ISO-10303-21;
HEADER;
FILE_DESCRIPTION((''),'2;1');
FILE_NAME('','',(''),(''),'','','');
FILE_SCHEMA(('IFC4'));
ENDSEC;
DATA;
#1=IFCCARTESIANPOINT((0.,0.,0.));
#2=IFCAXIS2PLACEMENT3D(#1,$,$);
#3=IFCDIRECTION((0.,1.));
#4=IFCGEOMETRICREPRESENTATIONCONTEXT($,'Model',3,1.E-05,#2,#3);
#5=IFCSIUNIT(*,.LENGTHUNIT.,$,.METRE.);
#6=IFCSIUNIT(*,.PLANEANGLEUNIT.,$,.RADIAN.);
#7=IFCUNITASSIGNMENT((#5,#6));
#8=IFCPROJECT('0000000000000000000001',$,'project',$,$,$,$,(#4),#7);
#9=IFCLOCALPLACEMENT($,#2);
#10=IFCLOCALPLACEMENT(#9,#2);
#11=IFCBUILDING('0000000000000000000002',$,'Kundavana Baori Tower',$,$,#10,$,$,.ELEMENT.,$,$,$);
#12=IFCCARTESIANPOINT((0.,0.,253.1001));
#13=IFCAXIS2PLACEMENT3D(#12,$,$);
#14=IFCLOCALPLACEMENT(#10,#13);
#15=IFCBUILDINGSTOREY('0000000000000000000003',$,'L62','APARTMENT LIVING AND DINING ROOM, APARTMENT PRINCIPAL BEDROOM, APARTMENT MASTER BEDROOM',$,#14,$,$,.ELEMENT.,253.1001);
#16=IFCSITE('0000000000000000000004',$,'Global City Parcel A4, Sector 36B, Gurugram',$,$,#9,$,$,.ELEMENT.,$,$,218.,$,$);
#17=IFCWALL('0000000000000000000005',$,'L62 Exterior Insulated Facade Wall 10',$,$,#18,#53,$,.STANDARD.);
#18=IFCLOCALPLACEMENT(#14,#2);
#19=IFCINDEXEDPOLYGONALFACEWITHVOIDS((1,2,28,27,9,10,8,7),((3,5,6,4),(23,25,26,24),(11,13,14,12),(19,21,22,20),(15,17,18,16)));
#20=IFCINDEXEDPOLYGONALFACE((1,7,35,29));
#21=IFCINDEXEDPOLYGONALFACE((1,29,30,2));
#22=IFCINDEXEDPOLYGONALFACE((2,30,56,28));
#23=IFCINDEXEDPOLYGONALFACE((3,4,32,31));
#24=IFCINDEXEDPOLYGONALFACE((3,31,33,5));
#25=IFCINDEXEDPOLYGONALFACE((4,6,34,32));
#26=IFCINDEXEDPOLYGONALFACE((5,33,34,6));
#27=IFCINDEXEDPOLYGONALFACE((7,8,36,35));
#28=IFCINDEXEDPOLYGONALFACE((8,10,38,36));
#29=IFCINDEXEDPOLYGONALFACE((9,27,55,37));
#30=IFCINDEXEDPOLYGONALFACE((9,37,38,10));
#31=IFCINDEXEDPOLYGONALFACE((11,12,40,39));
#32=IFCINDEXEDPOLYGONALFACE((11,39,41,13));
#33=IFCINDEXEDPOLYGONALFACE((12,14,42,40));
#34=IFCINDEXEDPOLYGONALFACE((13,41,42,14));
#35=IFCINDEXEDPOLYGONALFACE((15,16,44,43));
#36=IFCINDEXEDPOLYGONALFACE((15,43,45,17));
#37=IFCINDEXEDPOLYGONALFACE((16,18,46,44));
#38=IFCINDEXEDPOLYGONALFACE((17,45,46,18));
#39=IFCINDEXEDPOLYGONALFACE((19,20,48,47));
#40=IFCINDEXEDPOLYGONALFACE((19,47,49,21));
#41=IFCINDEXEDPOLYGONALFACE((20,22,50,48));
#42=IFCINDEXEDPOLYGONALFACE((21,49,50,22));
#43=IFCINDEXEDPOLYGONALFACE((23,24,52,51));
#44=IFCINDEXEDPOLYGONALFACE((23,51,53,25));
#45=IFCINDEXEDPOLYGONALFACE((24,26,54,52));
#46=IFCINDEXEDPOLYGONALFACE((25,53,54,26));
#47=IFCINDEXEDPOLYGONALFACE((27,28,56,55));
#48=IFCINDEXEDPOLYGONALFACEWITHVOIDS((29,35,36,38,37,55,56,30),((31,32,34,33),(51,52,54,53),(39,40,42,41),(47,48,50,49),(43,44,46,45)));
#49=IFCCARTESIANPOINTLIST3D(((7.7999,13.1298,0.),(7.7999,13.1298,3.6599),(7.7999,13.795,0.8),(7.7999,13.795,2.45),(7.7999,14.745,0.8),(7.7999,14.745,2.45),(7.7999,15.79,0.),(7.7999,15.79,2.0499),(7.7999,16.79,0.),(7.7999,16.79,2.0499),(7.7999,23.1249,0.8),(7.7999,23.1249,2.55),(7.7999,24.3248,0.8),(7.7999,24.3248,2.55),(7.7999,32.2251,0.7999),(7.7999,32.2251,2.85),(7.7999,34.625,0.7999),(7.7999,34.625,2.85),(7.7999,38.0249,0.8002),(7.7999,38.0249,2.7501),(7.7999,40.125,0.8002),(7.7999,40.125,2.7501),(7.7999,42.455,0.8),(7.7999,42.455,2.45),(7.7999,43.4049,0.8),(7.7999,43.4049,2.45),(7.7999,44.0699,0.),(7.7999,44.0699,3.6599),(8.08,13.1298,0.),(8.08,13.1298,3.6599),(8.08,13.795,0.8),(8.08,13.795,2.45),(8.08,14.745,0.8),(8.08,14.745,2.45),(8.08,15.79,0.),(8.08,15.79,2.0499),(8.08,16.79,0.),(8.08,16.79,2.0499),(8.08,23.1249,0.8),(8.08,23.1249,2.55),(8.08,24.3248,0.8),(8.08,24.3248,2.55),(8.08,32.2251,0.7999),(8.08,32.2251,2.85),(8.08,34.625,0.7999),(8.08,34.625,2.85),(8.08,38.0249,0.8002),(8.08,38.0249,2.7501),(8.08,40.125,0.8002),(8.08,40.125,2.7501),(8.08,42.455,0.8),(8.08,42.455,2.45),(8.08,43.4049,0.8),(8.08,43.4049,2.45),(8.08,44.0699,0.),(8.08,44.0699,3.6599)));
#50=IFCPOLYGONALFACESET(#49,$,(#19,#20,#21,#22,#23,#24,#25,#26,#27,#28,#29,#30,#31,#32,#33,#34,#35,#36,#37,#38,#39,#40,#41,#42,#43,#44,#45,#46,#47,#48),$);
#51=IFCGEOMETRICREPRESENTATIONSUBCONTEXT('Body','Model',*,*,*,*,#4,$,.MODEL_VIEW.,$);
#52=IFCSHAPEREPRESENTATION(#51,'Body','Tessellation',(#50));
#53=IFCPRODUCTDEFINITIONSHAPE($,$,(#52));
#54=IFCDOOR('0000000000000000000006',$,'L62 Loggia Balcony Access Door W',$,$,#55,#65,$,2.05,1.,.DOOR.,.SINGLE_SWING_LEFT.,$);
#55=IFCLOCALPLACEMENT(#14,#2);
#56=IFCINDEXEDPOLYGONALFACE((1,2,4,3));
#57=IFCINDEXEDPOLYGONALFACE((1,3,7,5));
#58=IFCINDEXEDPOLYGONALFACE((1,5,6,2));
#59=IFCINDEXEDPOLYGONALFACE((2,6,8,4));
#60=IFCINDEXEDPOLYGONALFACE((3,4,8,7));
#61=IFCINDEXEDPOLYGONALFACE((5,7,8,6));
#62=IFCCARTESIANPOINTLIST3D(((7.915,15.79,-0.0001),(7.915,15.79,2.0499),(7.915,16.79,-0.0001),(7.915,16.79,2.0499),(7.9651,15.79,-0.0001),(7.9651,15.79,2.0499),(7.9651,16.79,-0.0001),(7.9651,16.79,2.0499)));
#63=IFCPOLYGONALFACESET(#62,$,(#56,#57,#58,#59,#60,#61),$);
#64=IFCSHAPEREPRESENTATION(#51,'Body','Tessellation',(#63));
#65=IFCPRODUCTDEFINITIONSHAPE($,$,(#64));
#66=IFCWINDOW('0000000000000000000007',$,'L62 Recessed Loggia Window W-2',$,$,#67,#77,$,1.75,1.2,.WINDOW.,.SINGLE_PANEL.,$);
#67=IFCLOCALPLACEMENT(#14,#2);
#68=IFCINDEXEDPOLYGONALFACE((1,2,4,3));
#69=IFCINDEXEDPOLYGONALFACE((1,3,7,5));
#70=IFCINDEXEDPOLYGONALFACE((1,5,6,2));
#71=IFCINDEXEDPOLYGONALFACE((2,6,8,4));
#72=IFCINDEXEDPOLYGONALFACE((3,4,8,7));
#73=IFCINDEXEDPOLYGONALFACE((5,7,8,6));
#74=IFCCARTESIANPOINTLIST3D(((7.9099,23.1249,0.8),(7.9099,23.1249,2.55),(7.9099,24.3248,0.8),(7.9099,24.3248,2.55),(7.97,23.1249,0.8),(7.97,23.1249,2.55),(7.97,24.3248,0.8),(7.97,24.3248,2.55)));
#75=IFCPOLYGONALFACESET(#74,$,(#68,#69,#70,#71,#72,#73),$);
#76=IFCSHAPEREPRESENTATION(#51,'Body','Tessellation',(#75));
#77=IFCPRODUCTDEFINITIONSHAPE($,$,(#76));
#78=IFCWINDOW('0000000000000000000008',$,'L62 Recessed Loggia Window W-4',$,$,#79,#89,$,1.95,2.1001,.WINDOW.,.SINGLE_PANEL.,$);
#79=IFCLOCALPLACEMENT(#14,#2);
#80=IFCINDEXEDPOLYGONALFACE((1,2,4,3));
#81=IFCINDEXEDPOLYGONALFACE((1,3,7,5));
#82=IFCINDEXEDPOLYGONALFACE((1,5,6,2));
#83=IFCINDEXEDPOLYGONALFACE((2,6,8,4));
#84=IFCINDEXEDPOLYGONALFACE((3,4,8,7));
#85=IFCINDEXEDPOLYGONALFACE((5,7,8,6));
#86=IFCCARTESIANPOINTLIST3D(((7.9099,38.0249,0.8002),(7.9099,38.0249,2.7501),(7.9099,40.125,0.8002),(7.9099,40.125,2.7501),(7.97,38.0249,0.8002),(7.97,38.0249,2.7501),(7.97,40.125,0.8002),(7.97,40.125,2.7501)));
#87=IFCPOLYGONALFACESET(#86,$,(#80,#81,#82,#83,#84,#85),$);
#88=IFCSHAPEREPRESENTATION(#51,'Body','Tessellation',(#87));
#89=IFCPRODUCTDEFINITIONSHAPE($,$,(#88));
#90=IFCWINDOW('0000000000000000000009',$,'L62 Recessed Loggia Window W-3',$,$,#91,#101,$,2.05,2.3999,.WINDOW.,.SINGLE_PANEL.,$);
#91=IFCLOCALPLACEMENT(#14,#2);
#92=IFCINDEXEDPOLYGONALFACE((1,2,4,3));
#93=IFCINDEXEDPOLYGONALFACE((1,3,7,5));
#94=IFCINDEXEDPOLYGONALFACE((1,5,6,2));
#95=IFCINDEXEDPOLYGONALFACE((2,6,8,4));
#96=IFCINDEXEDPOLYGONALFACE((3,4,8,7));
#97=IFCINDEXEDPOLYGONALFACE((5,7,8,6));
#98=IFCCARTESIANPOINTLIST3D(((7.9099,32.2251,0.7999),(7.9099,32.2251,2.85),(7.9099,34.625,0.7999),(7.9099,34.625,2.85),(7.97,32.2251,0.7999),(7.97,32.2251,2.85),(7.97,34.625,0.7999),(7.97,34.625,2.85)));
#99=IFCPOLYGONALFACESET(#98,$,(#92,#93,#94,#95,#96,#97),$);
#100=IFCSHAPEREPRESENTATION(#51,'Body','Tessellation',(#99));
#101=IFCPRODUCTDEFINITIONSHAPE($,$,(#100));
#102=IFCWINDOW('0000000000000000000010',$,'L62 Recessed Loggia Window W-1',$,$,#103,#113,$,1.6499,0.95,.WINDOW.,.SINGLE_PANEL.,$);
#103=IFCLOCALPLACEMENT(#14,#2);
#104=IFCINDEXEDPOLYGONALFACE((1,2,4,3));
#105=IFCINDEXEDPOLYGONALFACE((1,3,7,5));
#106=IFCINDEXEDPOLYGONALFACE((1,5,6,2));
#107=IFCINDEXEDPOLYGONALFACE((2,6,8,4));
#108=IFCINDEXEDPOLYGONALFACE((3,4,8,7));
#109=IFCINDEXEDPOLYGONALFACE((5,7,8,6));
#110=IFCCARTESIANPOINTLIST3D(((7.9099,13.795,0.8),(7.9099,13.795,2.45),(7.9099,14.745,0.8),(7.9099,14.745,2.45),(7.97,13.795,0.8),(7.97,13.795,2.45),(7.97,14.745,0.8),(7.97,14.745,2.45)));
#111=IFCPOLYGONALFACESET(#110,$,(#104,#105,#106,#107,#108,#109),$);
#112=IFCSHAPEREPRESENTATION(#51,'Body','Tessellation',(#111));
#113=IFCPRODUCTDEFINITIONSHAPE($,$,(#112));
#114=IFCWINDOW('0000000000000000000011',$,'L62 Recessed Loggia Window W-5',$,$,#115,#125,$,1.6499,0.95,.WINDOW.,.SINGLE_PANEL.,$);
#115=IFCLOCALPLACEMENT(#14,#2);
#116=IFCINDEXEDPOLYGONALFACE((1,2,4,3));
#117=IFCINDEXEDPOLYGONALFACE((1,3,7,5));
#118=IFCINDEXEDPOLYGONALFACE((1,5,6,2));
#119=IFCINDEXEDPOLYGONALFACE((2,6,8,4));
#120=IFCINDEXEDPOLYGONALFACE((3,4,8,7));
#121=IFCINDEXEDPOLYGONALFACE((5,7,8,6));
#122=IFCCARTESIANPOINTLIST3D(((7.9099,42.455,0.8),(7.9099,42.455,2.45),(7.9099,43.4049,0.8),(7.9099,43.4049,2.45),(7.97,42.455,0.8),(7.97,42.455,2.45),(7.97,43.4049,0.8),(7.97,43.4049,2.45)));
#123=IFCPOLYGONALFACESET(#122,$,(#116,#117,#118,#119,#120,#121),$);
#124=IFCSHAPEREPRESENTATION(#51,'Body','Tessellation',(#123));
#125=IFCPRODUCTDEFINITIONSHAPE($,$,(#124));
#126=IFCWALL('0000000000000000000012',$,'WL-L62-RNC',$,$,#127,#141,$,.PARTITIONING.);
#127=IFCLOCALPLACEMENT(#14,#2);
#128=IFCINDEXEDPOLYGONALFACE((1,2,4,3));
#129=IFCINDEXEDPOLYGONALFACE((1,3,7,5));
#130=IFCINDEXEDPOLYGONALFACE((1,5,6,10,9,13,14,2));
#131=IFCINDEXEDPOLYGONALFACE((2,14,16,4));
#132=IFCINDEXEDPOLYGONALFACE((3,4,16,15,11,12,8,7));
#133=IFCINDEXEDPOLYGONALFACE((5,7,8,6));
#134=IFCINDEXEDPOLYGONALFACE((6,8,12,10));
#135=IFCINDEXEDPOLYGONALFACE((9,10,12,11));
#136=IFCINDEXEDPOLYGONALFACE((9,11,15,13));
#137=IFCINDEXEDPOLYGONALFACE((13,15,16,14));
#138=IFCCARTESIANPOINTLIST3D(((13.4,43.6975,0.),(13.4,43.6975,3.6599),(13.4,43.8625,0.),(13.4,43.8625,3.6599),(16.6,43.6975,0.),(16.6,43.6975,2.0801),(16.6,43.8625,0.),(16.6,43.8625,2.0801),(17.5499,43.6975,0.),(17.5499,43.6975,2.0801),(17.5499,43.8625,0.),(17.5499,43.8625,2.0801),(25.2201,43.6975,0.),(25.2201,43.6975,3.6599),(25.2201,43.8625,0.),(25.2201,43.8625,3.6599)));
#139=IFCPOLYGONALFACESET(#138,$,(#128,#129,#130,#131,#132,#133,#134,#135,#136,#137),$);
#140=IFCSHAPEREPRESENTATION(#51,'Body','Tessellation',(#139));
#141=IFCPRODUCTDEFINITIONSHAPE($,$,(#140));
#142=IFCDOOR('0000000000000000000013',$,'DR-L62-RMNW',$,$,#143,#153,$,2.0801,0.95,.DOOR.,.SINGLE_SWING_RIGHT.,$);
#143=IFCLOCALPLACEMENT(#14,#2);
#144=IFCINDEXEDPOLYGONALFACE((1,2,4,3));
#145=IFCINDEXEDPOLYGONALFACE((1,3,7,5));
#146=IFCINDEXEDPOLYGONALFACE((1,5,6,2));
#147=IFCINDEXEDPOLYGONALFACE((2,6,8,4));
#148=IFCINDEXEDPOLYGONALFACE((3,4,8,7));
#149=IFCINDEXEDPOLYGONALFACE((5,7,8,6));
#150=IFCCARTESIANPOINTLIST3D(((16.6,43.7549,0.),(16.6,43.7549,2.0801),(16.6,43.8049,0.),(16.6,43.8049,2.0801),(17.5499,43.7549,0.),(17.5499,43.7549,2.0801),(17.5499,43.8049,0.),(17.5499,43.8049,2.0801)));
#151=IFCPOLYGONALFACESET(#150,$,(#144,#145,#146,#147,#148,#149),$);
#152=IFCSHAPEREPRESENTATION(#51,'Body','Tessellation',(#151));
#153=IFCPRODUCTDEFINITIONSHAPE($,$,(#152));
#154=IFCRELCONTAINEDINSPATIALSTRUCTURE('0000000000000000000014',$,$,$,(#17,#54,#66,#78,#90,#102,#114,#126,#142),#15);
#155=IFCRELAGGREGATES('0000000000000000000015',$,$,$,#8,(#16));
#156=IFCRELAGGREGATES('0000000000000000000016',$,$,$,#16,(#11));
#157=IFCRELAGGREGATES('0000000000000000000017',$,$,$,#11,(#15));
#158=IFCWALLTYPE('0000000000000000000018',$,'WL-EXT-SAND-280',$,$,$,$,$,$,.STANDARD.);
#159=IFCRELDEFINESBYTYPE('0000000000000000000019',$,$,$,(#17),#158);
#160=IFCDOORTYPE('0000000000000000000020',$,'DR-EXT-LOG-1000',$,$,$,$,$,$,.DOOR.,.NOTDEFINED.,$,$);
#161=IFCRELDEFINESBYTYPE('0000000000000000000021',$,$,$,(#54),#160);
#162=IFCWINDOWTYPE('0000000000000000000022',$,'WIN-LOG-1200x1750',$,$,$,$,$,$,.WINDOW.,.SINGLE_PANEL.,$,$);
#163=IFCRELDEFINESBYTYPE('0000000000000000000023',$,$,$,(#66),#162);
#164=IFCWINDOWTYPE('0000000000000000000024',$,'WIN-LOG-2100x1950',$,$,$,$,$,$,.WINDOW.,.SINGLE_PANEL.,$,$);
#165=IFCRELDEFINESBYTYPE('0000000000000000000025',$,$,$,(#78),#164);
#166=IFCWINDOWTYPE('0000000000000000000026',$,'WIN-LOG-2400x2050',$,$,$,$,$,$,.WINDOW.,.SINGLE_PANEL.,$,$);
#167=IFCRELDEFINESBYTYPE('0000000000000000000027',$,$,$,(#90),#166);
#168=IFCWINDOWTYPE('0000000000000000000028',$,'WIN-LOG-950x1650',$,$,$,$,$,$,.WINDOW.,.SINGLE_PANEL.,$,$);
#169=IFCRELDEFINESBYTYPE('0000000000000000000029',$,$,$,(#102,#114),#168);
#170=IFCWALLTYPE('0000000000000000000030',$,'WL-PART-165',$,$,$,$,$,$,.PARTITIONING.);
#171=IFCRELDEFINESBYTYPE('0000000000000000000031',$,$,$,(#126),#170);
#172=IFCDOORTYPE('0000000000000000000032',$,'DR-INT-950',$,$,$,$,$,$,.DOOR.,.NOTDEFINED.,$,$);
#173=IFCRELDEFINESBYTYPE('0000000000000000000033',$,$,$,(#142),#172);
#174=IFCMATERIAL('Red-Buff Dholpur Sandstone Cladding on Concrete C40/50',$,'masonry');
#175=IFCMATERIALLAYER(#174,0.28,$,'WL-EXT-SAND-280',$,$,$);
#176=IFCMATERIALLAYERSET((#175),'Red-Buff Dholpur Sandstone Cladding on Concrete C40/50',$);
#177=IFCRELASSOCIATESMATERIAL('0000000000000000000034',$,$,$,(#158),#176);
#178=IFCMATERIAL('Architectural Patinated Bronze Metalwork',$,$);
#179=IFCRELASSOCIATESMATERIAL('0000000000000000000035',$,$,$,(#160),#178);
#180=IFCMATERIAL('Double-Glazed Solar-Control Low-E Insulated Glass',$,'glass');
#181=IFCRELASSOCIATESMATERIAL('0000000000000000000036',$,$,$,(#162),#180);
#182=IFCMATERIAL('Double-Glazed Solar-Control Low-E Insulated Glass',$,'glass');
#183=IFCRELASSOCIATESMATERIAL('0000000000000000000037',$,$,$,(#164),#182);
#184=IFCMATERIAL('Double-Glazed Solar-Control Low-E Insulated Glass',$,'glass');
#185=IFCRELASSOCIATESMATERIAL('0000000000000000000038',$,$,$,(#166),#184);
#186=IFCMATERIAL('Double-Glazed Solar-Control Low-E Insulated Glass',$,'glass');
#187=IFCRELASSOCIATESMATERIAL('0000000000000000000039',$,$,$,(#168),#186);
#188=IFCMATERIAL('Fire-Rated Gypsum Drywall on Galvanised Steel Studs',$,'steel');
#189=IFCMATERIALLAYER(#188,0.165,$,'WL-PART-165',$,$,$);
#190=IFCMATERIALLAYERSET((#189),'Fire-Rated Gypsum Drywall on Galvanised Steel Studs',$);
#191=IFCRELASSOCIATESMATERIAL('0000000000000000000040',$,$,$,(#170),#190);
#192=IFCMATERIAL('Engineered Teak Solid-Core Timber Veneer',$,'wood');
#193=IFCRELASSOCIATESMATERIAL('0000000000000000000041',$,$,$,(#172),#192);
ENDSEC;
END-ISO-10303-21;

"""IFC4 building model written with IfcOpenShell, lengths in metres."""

from ifc_helpers import new_model, si_unit, direction, frame, frame_2d, origin, place, context, subcontext, project, spatial, rectangle, extrude, material, layer, layer_set, type_object, element, fill, save


model = new_model("IFC4")

# Units and contexts
model_context = context("Model", 3, precision=1e-05, world=origin(), true_north=direction((0.0, 1.0)))
body_context = subcontext(model_context, "Body", "Model", "MODEL_VIEW")
ifc_project = project(units=[si_unit("LENGTHUNIT", "METRE"), si_unit("PLANEANGLEUNIT", "RADIAN")], contexts=[model_context])

# Site, building, storey
site_placement = place(None, origin())
site = spatial("IfcSite", under=ifc_project, at=site_placement, Name="Global City Parcel A4, Sector 36B, Gurugram", CompositionType="ELEMENT", RefElevation=218.0)
building_placement = place(site_placement, origin())
building = spatial("IfcBuilding", under=site, at=building_placement, Name="Kundavana Baori Tower", CompositionType="ELEMENT")
storey_placement = place(building_placement, frame((0.0, 0.0, 253.1001)))
storey = spatial("IfcBuildingStorey", under=building, at=storey_placement, Name="L62", Description="APARTMENT LIVING AND DINING ROOM, APARTMENT PRINCIPAL BEDROOM, APARTMENT MASTER BEDROOM", CompositionType="ELEMENT", Elevation=253.1001)

# Shared definitions
ifc_material_1 = material(Name="Red-Buff Dholpur Sandstone Cladding on Concrete C40/50", Category="masonry")
ifc_layer_1 = layer(ifc_material_1, 0.28, Name="WL-EXT-SAND-280")
ifc_layer_set_1 = layer_set([ifc_layer_1], Name="Red-Buff Dholpur Sandstone Cladding on Concrete C40/50")
wall_type_1 = type_object("IfcWallType", Name="WL-EXT-SAND-280", PredefinedType="STANDARD", material=ifc_layer_set_1)

# Wall, openings, door, windows
wall_1_placement = place(storey_placement, frame((7.9399, 44.0701, 0.0), z_axis=(0.0, 0.0, 1.0), x_axis=(0.0, -1.0, 0.0)))
wall_1 = element("IfcWall", 1, at=wall_1_placement, inside=storey, type_object=wall_type_1, Name="L62 Exterior Insulated Facade Wall 10", PredefinedType="STANDARD", context=body_context, shape_type="SweptSolid", body=[
    extrude(rectangle(XDim=30.9402, YDim=0.28, at=frame_2d((15.4702, 0.0))), origin(), (0.0, 0.0, 1.0), 3.6599),
])
opening_1_placement = place(wall_1_placement, frame((29.325, 0.0, 0.8)))
opening_1 = element("IfcOpeningElement", 2, at=opening_1_placement, cuts=wall_1, PredefinedType="OPENING", context=body_context, shape_type="SweptSolid", body=[
    extrude(rectangle(XDim=0.95, YDim=1.6499, at=frame_2d((0.4751, 0.825))), frame((0.0, 0.1499, 0.0), z_axis=(0.0, -1.0, 0.0), x_axis=(1.0, 0.0, 0.0)), (0.0, 0.0, 1.0), 0.3),
])
opening_2_placement = place(wall_1_placement, frame((27.28, 0.0, 0.0)))
opening_2 = element("IfcOpeningElement", 3, at=opening_2_placement, cuts=wall_1, PredefinedType="OPENING", context=body_context, shape_type="SweptSolid", body=[
    extrude(rectangle(XDim=1.0, YDim=2.05, at=frame_2d((0.5, 1.0249))), frame((0.0, 0.1499, 0.0), z_axis=(0.0, -1.0, 0.0), x_axis=(1.0, 0.0, 0.0)), (0.0, 0.0, 1.0), 0.3),
])
opening_3_placement = place(wall_1_placement, frame((19.7451, 0.0, 0.8)))
opening_3 = element("IfcOpeningElement", 4, at=opening_3_placement, cuts=wall_1, PredefinedType="OPENING", context=body_context, shape_type="SweptSolid", body=[
    extrude(rectangle(XDim=1.2, YDim=1.75, at=frame_2d((0.6001, 0.875))), frame((0.0, 0.1499, 0.0), z_axis=(0.0, -1.0, 0.0), x_axis=(1.0, 0.0, 0.0)), (0.0, 0.0, 1.0), 0.3),
])
opening_4_placement = place(wall_1_placement, frame((9.4451, 0.0, 0.8)))
opening_4 = element("IfcOpeningElement", 5, at=opening_4_placement, cuts=wall_1, PredefinedType="OPENING", context=body_context, shape_type="SweptSolid", body=[
    extrude(rectangle(XDim=2.3999, YDim=2.05, at=frame_2d((1.2, 1.0249))), frame((0.0, 0.1499, 0.0), z_axis=(0.0, -1.0, 0.0), x_axis=(1.0, 0.0, 0.0)), (0.0, 0.0, 1.0), 0.3),
])
opening_5_placement = place(wall_1_placement, frame((3.9451, 0.0, 0.8)))
opening_5 = element("IfcOpeningElement", 6, at=opening_5_placement, cuts=wall_1, PredefinedType="OPENING", context=body_context, shape_type="SweptSolid", body=[
    extrude(rectangle(XDim=2.1001, YDim=1.95, at=frame_2d((1.05, 0.9751))), frame((0.0, 0.1499, 0.0), z_axis=(0.0, -1.0, 0.0), x_axis=(1.0, 0.0, 0.0)), (0.0, 0.0, 1.0), 0.3),
])
opening_6_placement = place(wall_1_placement, frame((0.665, 0.0, 0.8)))
opening_6 = element("IfcOpeningElement", 7, at=opening_6_placement, cuts=wall_1, PredefinedType="OPENING", context=body_context, shape_type="SweptSolid", body=[
    extrude(rectangle(XDim=0.95, YDim=1.6499, at=frame_2d((0.4751, 0.825))), frame((0.0, 0.1499, 0.0), z_axis=(0.0, -1.0, 0.0), x_axis=(1.0, 0.0, 0.0)), (0.0, 0.0, 1.0), 0.3),
])
ifc_material_2 = material(Name="Architectural Patinated Bronze Metalwork")
door_type_1 = type_object("IfcDoorType", Name="DR-EXT-LOG-1000", OperationType="NOTDEFINED", PredefinedType="DOOR", material=ifc_material_2)
door_1_placement = place(opening_2_placement, frame((1.0, 0.0, 0.0), z_axis=(0.0, 0.0, 1.0), x_axis=(-1.0, 0.0, 0.0)))
door_1 = element("IfcDoor", 8, at=door_1_placement, inside=storey, type_object=door_type_1, Name="L62 Loggia Balcony Access Door W", OperationType="SINGLE_SWING_LEFT", OverallHeight=2.05, OverallWidth=1.0, PredefinedType="DOOR", context=body_context, shape_type="SweptSolid", body=[
    extrude(rectangle(XDim=1.0, YDim=2.05, at=frame_2d((0.5, 1.0249))), frame((0.0, 0.0249, 0.0), z_axis=(0.0, -1.0, 0.0), x_axis=(1.0, 0.0, 0.0)), (0.0, 0.0, 1.0), 0.05),
])
fill(opening_2, door_1)
ifc_material_3 = material(Name="Double-Glazed Solar-Control Low-E Insulated Glass", Category="glass")
window_type_1 = type_object("IfcWindowType", Name="WIN-LOG-1200x1750", PartitioningType="SINGLE_PANEL", PredefinedType="WINDOW", material=ifc_material_3)
window_1_placement = place(opening_3_placement, origin())
window_1 = element("IfcWindow", 9, at=window_1_placement, inside=storey, type_object=window_type_1, Name="L62 Recessed Loggia Window W-2", OverallHeight=1.75, OverallWidth=1.2, PartitioningType="SINGLE_PANEL", PredefinedType="WINDOW", context=body_context, shape_type="SweptSolid", body=[
    extrude(rectangle(XDim=1.2, YDim=1.75, at=frame_2d((0.6001, 0.875))), frame((0.0, 0.03, 0.0), z_axis=(0.0, -1.0, 0.0), x_axis=(1.0, 0.0, 0.0)), (0.0, 0.0, 1.0), 0.0601),
])
fill(opening_3, window_1)
ifc_material_4 = material(Name="Double-Glazed Solar-Control Low-E Insulated Glass", Category="glass")
window_type_2 = type_object("IfcWindowType", Name="WIN-LOG-2100x1950", PartitioningType="SINGLE_PANEL", PredefinedType="WINDOW", material=ifc_material_4)
window_2_placement = place(opening_5_placement, origin())
window_2 = element("IfcWindow", 10, at=window_2_placement, inside=storey, type_object=window_type_2, Name="L62 Recessed Loggia Window W-4", OverallHeight=1.95, OverallWidth=2.1001, PartitioningType="SINGLE_PANEL", PredefinedType="WINDOW", context=body_context, shape_type="SweptSolid", body=[
    extrude(rectangle(XDim=2.1001, YDim=1.95, at=frame_2d((1.05, 0.9751))), frame((0.0, 0.03, 0.0), z_axis=(0.0, -1.0, 0.0), x_axis=(1.0, 0.0, 0.0)), (0.0, 0.0, 1.0), 0.0601),
])
fill(opening_5, window_2)
ifc_material_5 = material(Name="Double-Glazed Solar-Control Low-E Insulated Glass", Category="glass")
window_type_3 = type_object("IfcWindowType", Name="WIN-LOG-2400x2050", PartitioningType="SINGLE_PANEL", PredefinedType="WINDOW", material=ifc_material_5)
window_3_placement = place(opening_4_placement, origin())
window_3 = element("IfcWindow", 11, at=window_3_placement, inside=storey, type_object=window_type_3, Name="L62 Recessed Loggia Window W-3", OverallHeight=2.05, OverallWidth=2.3999, PartitioningType="SINGLE_PANEL", PredefinedType="WINDOW", context=body_context, shape_type="SweptSolid", body=[
    extrude(rectangle(XDim=2.3999, YDim=2.05, at=frame_2d((1.2, 1.0249))), frame((0.0, 0.03, 0.0), z_axis=(0.0, -1.0, 0.0), x_axis=(1.0, 0.0, 0.0)), (0.0, 0.0, 1.0), 0.0601),
])
fill(opening_4, window_3)
ifc_material_6 = material(Name="Double-Glazed Solar-Control Low-E Insulated Glass", Category="glass")
window_type_4 = type_object("IfcWindowType", Name="WIN-LOG-950x1650", PartitioningType="SINGLE_PANEL", PredefinedType="WINDOW", material=ifc_material_6)
window_4_placement = place(opening_1_placement, origin())
window_4 = element("IfcWindow", 12, at=window_4_placement, inside=storey, type_object=window_type_4, Name="L62 Recessed Loggia Window W-1", OverallHeight=1.6499, OverallWidth=0.95, PartitioningType="SINGLE_PANEL", PredefinedType="WINDOW", context=body_context, shape_type="SweptSolid", body=[
    extrude(rectangle(XDim=0.95, YDim=1.6499, at=frame_2d((0.4751, 0.825))), frame((0.0, 0.03, 0.0), z_axis=(0.0, -1.0, 0.0), x_axis=(1.0, 0.0, 0.0)), (0.0, 0.0, 1.0), 0.0601),
])
fill(opening_1, window_4)
window_5_placement = place(opening_6_placement, origin())
window_5 = element("IfcWindow", 13, at=window_5_placement, inside=storey, type_object=window_type_4, Name="L62 Recessed Loggia Window W-5", OverallHeight=1.6499, OverallWidth=0.95, PartitioningType="SINGLE_PANEL", PredefinedType="WINDOW", context=body_context, shape_type="SweptSolid", body=[
    extrude(rectangle(XDim=0.95, YDim=1.6499, at=frame_2d((0.4751, 0.825))), frame((0.0, 0.03, 0.0), z_axis=(0.0, -1.0, 0.0), x_axis=(1.0, 0.0, 0.0)), (0.0, 0.0, 1.0), 0.0601),
])
fill(opening_6, window_5)

# Wall, opening, door
ifc_material_7 = material(Name="Fire-Rated Gypsum Drywall on Galvanised Steel Studs", Category="steel")
ifc_layer_2 = layer(ifc_material_7, 0.165, Name="WL-PART-165")
ifc_layer_set_2 = layer_set([ifc_layer_2], Name="Fire-Rated Gypsum Drywall on Galvanised Steel Studs")
wall_type_2 = type_object("IfcWallType", Name="WL-PART-165", PredefinedType="PARTITIONING", material=ifc_layer_set_2)
wall_2_placement = place(storey_placement, frame((13.3999, 43.78, 0.0), z_axis=(0.0, 0.0, 1.0), x_axis=(1.0, 0.0, 0.0)))
wall_2 = element("IfcWall", 14, at=wall_2_placement, inside=storey, type_object=wall_type_2, Name="WL-L62-RNC", PredefinedType="PARTITIONING", context=body_context, shape_type="SweptSolid", body=[
    extrude(rectangle(XDim=11.8201, YDim=0.165, at=frame_2d((5.9102, 0.0))), origin(), (0.0, 0.0, 1.0), 3.6599),
])
opening_7_placement = place(wall_2_placement, frame((3.2, 0.0, 0.0)))
opening_7 = element("IfcOpeningElement", 15, at=opening_7_placement, cuts=wall_2, PredefinedType="OPENING", context=body_context, shape_type="SweptSolid", body=[
    extrude(rectangle(XDim=0.95, YDim=2.0801, at=frame_2d((0.4751, 1.04))), frame((0.0, 0.0925, 0.0), z_axis=(0.0, -1.0, 0.0), x_axis=(1.0, 0.0, 0.0)), (0.0, 0.0, 1.0), 0.1851),
])
ifc_material_8 = material(Name="Engineered Teak Solid-Core Timber Veneer", Category="wood")
door_type_2 = type_object("IfcDoorType", Name="DR-INT-950", OperationType="NOTDEFINED", PredefinedType="DOOR", material=ifc_material_8)
door_2_placement = place(opening_7_placement, origin())
door_2 = element("IfcDoor", 16, at=door_2_placement, inside=storey, type_object=door_type_2, Name="DR-L62-RMNW", OperationType="SINGLE_SWING_RIGHT", OverallHeight=2.0801, OverallWidth=0.95, PredefinedType="DOOR", context=body_context, shape_type="SweptSolid", body=[
    extrude(rectangle(XDim=0.95, YDim=2.0801, at=frame_2d((0.4751, 1.04))), frame((0.0, 0.0249, 0.0), z_axis=(0.0, -1.0, 0.0), x_axis=(1.0, 0.0, 0.0)), (0.0, 0.0, 1.0), 0.05),
])
fill(opening_7, door_2)

save(model, "model.ifc")
